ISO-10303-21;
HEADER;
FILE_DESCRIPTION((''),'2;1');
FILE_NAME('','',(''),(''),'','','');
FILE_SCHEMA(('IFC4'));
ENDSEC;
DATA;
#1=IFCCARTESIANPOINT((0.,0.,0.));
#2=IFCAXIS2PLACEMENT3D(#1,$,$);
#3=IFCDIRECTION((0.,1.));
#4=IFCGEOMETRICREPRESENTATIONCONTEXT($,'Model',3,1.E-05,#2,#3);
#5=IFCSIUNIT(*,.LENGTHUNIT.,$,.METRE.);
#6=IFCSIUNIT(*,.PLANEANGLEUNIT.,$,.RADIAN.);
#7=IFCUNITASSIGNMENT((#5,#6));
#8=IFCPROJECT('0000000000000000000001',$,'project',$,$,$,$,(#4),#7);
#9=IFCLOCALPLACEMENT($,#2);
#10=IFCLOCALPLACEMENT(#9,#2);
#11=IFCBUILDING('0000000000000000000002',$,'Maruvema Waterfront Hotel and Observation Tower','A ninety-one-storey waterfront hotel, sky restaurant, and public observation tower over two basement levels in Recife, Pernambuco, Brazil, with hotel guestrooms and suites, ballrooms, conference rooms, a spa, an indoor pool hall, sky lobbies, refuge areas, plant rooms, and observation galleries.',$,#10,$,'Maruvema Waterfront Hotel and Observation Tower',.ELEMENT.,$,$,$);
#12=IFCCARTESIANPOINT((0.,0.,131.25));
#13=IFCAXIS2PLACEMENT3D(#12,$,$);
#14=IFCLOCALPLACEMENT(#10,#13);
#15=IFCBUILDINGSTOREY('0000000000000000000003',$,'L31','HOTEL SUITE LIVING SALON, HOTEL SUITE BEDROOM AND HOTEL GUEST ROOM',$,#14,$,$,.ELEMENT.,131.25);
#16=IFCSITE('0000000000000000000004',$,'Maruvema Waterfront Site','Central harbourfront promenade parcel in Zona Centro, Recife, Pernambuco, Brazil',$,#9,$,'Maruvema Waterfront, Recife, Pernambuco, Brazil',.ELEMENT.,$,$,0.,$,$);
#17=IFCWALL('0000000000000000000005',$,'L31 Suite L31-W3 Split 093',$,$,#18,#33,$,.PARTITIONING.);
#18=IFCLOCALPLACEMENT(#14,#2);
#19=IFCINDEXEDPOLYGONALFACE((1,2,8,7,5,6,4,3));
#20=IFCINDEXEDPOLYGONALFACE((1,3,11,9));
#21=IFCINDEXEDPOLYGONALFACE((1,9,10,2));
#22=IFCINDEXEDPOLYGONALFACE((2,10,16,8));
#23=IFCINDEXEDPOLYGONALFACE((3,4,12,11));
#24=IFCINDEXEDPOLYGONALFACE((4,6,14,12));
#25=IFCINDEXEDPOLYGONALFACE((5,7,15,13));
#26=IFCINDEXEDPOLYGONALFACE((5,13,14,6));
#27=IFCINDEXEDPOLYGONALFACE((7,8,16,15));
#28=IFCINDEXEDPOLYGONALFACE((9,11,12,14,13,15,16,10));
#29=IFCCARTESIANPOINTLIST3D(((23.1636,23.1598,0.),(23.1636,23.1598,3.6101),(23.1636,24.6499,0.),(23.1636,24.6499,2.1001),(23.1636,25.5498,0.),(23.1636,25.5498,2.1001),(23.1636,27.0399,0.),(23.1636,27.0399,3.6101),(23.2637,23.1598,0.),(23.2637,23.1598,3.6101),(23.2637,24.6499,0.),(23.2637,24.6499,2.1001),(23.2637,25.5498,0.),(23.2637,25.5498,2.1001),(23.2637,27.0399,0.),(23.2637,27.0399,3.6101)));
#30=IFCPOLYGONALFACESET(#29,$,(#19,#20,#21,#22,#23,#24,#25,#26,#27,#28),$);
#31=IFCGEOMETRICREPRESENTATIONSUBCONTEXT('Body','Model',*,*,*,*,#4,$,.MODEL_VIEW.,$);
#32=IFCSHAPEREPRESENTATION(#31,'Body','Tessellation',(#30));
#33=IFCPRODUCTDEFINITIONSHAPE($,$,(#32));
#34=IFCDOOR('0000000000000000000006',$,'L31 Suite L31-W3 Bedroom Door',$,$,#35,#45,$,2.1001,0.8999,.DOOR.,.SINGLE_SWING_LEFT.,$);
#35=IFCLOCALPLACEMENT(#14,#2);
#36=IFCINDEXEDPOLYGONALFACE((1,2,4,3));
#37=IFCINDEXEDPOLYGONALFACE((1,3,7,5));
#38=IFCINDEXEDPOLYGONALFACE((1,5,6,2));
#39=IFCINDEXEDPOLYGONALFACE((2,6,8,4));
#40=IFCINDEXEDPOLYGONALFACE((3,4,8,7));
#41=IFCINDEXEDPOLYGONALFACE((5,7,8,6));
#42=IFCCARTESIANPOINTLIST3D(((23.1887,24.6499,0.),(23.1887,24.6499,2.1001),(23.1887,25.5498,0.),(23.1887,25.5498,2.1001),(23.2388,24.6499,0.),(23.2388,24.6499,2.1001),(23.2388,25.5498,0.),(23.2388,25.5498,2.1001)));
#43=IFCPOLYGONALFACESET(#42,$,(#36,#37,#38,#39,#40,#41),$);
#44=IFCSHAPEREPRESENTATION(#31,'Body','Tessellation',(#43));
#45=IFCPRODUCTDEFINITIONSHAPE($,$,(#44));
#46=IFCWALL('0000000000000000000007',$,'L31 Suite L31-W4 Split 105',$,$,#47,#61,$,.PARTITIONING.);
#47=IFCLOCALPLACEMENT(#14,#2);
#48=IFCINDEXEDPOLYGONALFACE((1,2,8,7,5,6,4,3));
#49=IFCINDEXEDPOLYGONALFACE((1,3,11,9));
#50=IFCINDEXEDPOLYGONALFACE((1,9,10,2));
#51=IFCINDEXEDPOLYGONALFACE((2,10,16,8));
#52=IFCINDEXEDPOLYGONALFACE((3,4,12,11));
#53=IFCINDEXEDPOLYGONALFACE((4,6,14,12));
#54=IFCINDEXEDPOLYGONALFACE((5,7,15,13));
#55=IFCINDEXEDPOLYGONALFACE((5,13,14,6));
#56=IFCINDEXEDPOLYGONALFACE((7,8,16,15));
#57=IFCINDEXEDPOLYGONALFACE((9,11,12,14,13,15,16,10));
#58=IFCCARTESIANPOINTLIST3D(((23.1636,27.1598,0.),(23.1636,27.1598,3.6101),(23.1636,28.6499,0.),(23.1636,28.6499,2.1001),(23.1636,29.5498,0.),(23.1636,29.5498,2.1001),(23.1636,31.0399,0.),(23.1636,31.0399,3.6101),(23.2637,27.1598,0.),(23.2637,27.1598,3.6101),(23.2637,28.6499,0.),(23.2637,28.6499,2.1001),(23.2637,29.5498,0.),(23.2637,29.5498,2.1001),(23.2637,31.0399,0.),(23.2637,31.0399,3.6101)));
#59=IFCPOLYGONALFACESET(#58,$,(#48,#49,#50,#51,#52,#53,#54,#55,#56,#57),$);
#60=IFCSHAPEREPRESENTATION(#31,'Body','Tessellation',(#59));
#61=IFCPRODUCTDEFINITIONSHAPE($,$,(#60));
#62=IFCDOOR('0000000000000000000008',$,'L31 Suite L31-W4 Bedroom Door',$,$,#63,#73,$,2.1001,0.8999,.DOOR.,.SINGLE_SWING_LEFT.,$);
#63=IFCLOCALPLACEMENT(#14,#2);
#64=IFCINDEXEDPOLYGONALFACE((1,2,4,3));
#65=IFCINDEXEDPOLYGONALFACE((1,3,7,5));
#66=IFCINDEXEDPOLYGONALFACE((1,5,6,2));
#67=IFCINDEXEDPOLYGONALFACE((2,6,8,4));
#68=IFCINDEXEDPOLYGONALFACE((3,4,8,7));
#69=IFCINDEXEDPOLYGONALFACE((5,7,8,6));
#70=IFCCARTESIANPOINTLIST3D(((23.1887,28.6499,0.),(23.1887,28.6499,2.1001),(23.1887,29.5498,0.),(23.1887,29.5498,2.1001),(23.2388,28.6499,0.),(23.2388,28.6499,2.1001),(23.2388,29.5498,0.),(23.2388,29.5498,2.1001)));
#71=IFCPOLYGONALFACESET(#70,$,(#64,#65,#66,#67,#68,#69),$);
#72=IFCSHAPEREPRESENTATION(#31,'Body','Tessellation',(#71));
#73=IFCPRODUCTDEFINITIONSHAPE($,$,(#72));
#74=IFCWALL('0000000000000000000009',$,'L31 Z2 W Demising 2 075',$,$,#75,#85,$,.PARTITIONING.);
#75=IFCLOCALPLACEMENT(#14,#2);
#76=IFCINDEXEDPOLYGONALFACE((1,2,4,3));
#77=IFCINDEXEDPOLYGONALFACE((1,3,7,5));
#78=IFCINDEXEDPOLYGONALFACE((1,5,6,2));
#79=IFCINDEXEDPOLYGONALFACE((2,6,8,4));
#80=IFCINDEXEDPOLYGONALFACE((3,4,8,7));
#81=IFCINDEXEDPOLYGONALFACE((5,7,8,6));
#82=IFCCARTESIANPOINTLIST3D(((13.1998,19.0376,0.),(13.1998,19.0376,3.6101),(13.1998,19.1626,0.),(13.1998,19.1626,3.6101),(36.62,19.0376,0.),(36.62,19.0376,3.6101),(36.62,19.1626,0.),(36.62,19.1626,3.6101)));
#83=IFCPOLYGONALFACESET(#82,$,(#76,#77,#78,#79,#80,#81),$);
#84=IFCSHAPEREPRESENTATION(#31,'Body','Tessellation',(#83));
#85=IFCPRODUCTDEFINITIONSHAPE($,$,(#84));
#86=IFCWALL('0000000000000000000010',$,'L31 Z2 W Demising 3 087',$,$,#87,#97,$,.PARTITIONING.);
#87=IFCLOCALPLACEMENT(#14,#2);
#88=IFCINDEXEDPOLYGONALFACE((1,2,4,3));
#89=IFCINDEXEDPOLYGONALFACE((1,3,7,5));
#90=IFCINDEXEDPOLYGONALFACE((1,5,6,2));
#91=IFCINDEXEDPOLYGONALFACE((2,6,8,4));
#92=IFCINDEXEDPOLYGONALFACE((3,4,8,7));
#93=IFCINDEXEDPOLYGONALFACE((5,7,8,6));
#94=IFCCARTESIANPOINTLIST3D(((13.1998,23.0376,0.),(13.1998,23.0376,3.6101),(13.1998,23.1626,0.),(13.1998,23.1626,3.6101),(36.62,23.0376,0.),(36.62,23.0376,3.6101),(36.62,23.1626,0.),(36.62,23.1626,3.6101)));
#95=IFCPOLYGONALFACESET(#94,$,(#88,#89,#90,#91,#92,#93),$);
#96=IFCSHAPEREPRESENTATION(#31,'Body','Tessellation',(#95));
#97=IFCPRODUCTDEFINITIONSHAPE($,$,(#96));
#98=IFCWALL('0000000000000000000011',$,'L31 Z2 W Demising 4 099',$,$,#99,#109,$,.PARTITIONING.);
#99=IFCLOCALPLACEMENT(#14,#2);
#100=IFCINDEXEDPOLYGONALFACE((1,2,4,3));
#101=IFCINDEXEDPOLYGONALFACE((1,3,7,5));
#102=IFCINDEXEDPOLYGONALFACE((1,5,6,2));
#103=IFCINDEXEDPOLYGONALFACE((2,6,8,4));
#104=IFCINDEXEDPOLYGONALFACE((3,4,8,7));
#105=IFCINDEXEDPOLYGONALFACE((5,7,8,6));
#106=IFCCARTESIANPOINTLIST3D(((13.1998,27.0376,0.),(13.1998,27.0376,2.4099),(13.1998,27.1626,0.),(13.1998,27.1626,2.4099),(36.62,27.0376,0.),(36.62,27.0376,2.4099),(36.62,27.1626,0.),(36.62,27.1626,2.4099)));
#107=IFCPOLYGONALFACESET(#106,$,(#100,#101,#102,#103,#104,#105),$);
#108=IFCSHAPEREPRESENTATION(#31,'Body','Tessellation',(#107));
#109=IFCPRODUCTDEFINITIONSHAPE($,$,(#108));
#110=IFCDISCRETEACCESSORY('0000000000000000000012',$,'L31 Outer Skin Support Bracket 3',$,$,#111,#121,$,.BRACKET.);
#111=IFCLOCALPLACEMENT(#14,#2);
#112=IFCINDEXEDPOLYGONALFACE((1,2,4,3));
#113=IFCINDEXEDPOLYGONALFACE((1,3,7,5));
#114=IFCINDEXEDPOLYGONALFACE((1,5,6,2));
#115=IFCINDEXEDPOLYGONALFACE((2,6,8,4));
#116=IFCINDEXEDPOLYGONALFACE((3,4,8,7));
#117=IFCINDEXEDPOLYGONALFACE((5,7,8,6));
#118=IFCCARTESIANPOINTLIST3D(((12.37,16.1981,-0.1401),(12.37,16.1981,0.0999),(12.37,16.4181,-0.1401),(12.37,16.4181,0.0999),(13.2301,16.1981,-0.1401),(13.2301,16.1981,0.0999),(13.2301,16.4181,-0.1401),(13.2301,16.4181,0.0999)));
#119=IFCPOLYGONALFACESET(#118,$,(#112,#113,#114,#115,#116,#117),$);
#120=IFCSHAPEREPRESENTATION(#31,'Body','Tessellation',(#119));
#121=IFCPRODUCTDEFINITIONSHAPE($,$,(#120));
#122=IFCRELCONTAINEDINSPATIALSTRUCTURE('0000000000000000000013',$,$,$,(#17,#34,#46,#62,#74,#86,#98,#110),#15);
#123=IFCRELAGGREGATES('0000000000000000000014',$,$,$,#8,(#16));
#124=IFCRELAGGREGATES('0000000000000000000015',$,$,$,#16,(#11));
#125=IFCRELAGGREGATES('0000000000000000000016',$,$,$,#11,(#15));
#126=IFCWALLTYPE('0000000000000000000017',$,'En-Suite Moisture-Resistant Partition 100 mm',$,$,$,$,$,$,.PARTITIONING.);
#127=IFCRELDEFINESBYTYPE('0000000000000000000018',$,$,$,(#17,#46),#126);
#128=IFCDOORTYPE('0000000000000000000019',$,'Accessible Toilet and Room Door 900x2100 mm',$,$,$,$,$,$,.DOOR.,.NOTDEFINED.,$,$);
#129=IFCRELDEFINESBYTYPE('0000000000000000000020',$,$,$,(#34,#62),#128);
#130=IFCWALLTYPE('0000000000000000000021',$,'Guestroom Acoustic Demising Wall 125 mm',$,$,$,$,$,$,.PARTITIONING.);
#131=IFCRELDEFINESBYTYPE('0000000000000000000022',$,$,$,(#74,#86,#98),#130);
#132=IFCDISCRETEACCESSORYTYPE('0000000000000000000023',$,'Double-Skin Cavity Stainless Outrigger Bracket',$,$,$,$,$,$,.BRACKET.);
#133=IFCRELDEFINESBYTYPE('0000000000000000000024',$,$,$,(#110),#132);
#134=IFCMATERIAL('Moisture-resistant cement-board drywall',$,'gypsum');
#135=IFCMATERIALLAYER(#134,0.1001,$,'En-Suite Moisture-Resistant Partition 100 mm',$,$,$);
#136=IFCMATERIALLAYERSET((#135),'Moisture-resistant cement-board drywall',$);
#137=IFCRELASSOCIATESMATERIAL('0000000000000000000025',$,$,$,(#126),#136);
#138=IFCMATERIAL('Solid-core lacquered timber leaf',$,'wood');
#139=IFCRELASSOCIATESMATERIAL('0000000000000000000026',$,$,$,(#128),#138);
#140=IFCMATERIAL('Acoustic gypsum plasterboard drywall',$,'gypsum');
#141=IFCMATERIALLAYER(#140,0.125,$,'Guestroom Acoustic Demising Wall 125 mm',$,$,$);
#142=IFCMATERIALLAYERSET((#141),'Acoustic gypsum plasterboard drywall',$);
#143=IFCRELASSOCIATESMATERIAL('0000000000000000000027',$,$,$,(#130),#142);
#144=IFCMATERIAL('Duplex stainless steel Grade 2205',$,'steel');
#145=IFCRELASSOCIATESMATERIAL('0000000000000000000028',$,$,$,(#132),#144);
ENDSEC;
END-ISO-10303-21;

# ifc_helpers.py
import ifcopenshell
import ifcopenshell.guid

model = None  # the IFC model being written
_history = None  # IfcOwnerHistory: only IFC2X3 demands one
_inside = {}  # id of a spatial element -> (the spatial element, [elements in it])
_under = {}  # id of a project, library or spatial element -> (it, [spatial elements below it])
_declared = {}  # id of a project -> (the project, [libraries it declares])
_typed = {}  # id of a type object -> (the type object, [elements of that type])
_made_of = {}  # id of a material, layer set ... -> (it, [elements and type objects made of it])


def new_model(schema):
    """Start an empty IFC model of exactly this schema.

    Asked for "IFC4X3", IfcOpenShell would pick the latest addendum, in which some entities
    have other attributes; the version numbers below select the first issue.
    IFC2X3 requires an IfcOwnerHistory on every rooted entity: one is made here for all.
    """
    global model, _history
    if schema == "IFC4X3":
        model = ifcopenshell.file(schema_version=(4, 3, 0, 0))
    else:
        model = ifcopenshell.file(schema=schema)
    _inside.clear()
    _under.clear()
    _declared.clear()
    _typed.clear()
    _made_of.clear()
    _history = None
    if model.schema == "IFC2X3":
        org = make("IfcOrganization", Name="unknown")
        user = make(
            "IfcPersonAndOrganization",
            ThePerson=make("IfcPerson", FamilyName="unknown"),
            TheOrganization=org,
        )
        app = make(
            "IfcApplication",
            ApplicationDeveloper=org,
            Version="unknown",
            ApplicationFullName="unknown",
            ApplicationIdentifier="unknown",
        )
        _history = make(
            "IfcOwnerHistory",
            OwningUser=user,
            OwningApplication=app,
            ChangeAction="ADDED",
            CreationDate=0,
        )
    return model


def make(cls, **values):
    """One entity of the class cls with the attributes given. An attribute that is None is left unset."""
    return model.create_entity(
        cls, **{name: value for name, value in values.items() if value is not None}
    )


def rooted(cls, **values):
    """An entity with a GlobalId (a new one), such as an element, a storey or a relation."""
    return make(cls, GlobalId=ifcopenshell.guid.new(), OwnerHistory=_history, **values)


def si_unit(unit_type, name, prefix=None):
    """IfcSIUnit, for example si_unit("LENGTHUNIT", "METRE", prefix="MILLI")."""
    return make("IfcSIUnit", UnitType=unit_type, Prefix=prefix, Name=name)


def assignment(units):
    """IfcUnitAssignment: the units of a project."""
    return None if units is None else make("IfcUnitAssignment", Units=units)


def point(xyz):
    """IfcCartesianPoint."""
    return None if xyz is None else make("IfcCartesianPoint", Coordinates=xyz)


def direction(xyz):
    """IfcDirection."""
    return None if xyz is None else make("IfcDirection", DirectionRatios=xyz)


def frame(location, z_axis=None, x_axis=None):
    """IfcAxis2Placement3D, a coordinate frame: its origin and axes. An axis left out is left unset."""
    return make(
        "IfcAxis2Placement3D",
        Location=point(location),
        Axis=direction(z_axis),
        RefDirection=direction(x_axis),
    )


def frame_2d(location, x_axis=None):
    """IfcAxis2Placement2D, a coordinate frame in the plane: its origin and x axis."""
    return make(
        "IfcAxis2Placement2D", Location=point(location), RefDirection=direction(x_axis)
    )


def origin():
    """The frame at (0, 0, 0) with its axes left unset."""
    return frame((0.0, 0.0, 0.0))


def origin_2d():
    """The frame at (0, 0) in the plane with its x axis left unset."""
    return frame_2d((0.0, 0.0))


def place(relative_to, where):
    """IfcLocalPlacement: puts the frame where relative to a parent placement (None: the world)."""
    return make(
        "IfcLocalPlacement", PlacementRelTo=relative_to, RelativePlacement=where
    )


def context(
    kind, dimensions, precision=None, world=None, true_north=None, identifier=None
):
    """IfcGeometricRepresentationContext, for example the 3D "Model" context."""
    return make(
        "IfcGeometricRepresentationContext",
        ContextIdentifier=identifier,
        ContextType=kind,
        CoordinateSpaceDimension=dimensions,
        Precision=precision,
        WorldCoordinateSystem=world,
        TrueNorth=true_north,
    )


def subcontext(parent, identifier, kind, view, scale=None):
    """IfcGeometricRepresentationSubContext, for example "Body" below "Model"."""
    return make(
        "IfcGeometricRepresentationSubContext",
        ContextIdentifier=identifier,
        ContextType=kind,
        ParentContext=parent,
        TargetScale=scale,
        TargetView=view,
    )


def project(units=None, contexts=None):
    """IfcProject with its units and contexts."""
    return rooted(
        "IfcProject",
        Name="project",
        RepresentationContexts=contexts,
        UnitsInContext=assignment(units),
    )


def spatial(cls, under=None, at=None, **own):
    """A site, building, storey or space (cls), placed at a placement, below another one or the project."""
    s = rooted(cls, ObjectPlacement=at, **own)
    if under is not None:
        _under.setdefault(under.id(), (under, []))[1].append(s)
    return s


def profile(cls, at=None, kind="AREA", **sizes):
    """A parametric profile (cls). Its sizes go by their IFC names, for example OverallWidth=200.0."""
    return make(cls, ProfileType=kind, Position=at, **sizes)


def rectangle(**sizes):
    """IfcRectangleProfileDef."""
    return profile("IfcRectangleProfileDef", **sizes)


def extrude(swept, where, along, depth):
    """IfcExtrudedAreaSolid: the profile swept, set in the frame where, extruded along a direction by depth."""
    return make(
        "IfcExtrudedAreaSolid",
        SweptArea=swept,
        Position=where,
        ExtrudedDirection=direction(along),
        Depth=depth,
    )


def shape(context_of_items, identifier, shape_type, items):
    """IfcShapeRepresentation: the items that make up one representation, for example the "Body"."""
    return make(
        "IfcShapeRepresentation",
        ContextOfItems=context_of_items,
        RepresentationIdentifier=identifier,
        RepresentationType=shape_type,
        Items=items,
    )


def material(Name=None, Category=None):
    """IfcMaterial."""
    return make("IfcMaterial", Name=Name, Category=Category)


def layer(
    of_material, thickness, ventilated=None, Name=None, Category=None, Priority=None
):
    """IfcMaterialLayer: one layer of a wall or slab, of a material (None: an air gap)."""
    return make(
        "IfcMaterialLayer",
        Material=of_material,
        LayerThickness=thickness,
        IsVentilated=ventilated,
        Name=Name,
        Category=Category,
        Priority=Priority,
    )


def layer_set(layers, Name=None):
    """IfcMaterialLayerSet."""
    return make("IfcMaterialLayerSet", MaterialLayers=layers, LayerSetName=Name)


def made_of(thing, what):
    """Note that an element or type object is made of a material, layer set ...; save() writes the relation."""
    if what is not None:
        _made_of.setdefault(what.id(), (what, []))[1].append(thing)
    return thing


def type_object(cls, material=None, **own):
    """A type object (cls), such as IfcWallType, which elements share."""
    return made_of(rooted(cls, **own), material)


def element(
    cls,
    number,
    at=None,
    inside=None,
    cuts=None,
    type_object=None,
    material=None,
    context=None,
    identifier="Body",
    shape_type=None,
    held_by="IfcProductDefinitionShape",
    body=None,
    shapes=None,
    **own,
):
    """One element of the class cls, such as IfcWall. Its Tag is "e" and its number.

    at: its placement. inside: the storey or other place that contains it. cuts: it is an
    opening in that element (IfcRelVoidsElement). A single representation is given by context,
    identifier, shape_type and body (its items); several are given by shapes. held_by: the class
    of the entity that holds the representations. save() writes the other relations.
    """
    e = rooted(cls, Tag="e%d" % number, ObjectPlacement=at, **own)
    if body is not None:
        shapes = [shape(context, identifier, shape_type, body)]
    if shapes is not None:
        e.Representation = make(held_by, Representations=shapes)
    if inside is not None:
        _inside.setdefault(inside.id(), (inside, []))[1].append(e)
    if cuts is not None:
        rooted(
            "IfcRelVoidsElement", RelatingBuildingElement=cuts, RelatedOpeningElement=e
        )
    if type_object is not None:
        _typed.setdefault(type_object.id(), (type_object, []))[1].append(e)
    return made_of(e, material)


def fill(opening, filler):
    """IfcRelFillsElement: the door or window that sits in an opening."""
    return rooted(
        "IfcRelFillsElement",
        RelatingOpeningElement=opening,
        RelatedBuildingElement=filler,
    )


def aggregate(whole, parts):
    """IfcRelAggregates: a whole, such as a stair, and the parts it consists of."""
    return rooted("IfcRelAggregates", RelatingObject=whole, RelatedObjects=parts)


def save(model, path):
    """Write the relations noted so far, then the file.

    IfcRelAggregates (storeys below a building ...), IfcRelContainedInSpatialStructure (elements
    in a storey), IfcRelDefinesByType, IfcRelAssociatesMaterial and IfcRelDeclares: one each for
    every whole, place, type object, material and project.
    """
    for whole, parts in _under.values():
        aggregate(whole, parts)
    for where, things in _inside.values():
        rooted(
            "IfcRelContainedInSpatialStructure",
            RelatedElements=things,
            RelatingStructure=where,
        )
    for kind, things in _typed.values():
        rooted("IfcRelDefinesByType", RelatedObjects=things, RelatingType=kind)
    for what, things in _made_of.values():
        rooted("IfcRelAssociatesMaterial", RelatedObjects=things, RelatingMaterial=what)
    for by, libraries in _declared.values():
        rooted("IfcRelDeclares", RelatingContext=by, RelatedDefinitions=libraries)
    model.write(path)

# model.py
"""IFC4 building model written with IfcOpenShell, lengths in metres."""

from ifc_helpers import new_model, si_unit, direction, frame, frame_2d, origin, origin_2d, place, context, subcontext, project, spatial, rectangle, extrude, material, layer, layer_set, type_object, element, fill, save


model = new_model("IFC4")

# Units and contexts
model_context = context("Model", 3, precision=1e-05, world=origin(), true_north=direction((0.0, 1.0)))
body_context = subcontext(model_context, "Body", "Model", "MODEL_VIEW")
ifc_project = project(units=[si_unit("LENGTHUNIT", "METRE"), si_unit("PLANEANGLEUNIT", "RADIAN")], contexts=[model_context])

# Site, building, storey
site_placement = place(None, origin())
site = spatial("IfcSite", under=ifc_project, at=site_placement, Name="Maruvema Waterfront Site", Description="Central harbourfront promenade parcel in Zona Centro, Recife, Pernambuco, Brazil", LongName="Maruvema Waterfront, Recife, Pernambuco, Brazil", CompositionType="ELEMENT", RefElevation=0.0)
building_placement = place(site_placement, origin())
building = spatial("IfcBuilding", under=site, at=building_placement, Name="Maruvema Waterfront Hotel and Observation Tower", Description="A ninety-one-storey waterfront hotel, sky restaurant, and public observation tower over two basement levels in Recife, Pernambuco, Brazil, with hotel guestrooms and suites, ballrooms, conference rooms, a spa, an indoor pool hall, sky lobbies, refuge areas, plant rooms, and observation galleries.", LongName="Maruvema Waterfront Hotel and Observation Tower", CompositionType="ELEMENT")
storey_placement = place(building_placement, frame((0.0, 0.0, 131.25)))
storey = spatial("IfcBuildingStorey", under=building, at=storey_placement, Name="L31", Description="HOTEL SUITE LIVING SALON, HOTEL SUITE BEDROOM AND HOTEL GUEST ROOM", CompositionType="ELEMENT", Elevation=131.25)

# Walls, openings, doors
ifc_material_1 = material(Name="Moisture-resistant cement-board drywall", Category="gypsum")
ifc_layer_1 = layer(ifc_material_1, 0.1001, Name="En-Suite Moisture-Resistant Partition 100 mm")
ifc_layer_set_1 = layer_set([ifc_layer_1], Name="Moisture-resistant cement-board drywall")
wall_type_1 = type_object("IfcWallType", Name="En-Suite Moisture-Resistant Partition 100 mm", PredefinedType="PARTITIONING", material=ifc_layer_set_1)
ifc_material_2 = material(Name="Solid-core lacquered timber leaf", Category="wood")
door_type = type_object("IfcDoorType", Name="Accessible Toilet and Room Door 900x2100 mm", OperationType="NOTDEFINED", PredefinedType="DOOR", material=ifc_material_2)
wall_1_placement = place(storey_placement, frame((23.2136, 23.1599, 0.0), z_axis=(0.0, 0.0, 1.0), x_axis=(0.0, 1.0, 0.0)))
wall_1 = element("IfcWall", 1, at=wall_1_placement, inside=storey, type_object=wall_type_1, Name="L31 Suite L31-W3 Split 093", PredefinedType="PARTITIONING", context=body_context, shape_type="SweptSolid", body=[
    extrude(rectangle(XDim=3.8801, YDim=0.1001, at=frame_2d((1.9399, 0.0))), origin(), (0.0, 0.0, 1.0), 3.6101),
])
opening_1_placement = place(wall_1_placement, frame((1.49, 0.0, 0.0)))
opening_1 = element("IfcOpeningElement", 2, at=opening_1_placement, cuts=wall_1, PredefinedType="OPENING", context=body_context, shape_type="SweptSolid", body=[
    extrude(rectangle(XDim=0.8999, YDim=2.1001, at=frame_2d((0.45, 1.05))), frame((0.0, 0.0601, 0.0), z_axis=(0.0, -1.0, 0.0), x_axis=(1.0, 0.0, 0.0)), (0.0, 0.0, 1.0), 0.1201),
])
door_1_placement = place(opening_1_placement, origin())
door_1 = element("IfcDoor", 3, at=door_1_placement, inside=storey, type_object=door_type, Name="L31 Suite L31-W3 Bedroom Door", OperationType="SINGLE_SWING_LEFT", OverallHeight=2.1001, OverallWidth=0.8999, PredefinedType="DOOR", context=body_context, shape_type="SweptSolid", body=[
    extrude(rectangle(XDim=0.8999, YDim=2.1001, at=frame_2d((0.45, 1.05))), frame((0.0, 0.0249, 0.0), z_axis=(0.0, -1.0, 0.0), x_axis=(1.0, 0.0, 0.0)), (0.0, 0.0, 1.0), 0.05),
])
fill(opening_1, door_1)
wall_2_placement = place(storey_placement, frame((23.2136, 27.1599, 0.0), z_axis=(0.0, 0.0, 1.0), x_axis=(0.0, 1.0, 0.0)))
wall_2 = element("IfcWall", 4, at=wall_2_placement, inside=storey, type_object=wall_type_1, Name="L31 Suite L31-W4 Split 105", PredefinedType="PARTITIONING", context=body_context, shape_type="SweptSolid", body=[
    extrude(rectangle(XDim=3.8801, YDim=0.1001, at=frame_2d((1.9399, 0.0))), origin(), (0.0, 0.0, 1.0), 3.6101),
])
opening_2_placement = place(wall_2_placement, frame((1.49, 0.0, 0.0)))
opening_2 = element("IfcOpeningElement", 5, at=opening_2_placement, cuts=wall_2, PredefinedType="OPENING", context=body_context, shape_type="SweptSolid", body=[
    extrude(rectangle(XDim=0.8999, YDim=2.1001, at=frame_2d((0.45, 1.05))), frame((0.0, 0.0601, 0.0), z_axis=(0.0, -1.0, 0.0), x_axis=(1.0, 0.0, 0.0)), (0.0, 0.0, 1.0), 0.1201),
])
door_2_placement = place(opening_2_placement, origin())
door_2 = element("IfcDoor", 6, at=door_2_placement, inside=storey, type_object=door_type, Name="L31 Suite L31-W4 Bedroom Door", OperationType="SINGLE_SWING_LEFT", OverallHeight=2.1001, OverallWidth=0.8999, PredefinedType="DOOR", context=body_context, shape_type="SweptSolid", body=[
    extrude(rectangle(XDim=0.8999, YDim=2.1001, at=frame_2d((0.45, 1.05))), frame((0.0, 0.0249, 0.0), z_axis=(0.0, -1.0, 0.0), x_axis=(1.0, 0.0, 0.0)), (0.0, 0.0, 1.0), 0.05),
])
fill(opening_2, door_2)

# Walls
ifc_material_3 = material(Name="Acoustic gypsum plasterboard drywall", Category="gypsum")
ifc_layer_2 = layer(ifc_material_3, 0.125, Name="Guestroom Acoustic Demising Wall 125 mm")
ifc_layer_set_2 = layer_set([ifc_layer_2], Name="Acoustic gypsum plasterboard drywall")
wall_type_2 = type_object("IfcWallType", Name="Guestroom Acoustic Demising Wall 125 mm", PredefinedType="PARTITIONING", material=ifc_layer_set_2)
for number, where, z_axis, x_axis, name in (
    (7, (13.2, 19.1001, 0.0), (0.0, 0.0, 1.0), (1.0, 0.0, 0.0), "L31 Z2 W Demising 2 075"),
    (8, (13.2, 23.1001, 0.0), (0.0, 0.0, 1.0), (1.0, 0.0, 0.0), "L31 Z2 W Demising 3 087"),
):
    element("IfcWall", number, at=place(storey_placement, frame(where, z_axis=z_axis, x_axis=x_axis)), inside=storey, type_object=wall_type_2, Name=name, PredefinedType="PARTITIONING", context=body_context, shape_type="SweptSolid", body=[
        extrude(rectangle(XDim=23.4202, YDim=0.125, at=frame_2d((11.71, 0.0))), origin(), (0.0, 0.0, 1.0), 3.6101),
    ])
wall_3_placement = place(storey_placement, frame((13.2, 27.1001, 0.0), z_axis=(0.0, 0.0, 1.0), x_axis=(1.0, 0.0, 0.0)))
element("IfcWall", 9, at=wall_3_placement, inside=storey, type_object=wall_type_2, Name="L31 Z2 W Demising 4 099", PredefinedType="PARTITIONING", context=body_context, shape_type="SweptSolid", body=[
    extrude(rectangle(XDim=23.4202, YDim=0.125, at=frame_2d((11.71, 0.0))), origin(), (0.0, 0.0, 1.0), 2.4099),
])

# Discrete accessory
ifc_material_4 = material(Name="Duplex stainless steel Grade 2205", Category="steel")
discrete_accessory_type = type_object("IfcDiscreteAccessoryType", Name="Double-Skin Cavity Stainless Outrigger Bracket", PredefinedType="BRACKET", material=ifc_material_4)
discrete_accessory_placement = place(storey_placement, frame((12.8, 16.3081, -0.1401), z_axis=(0.0, 0.0, 1.0), x_axis=(0.0, -1.0, 0.0)))
element("IfcDiscreteAccessory", 10, at=discrete_accessory_placement, inside=storey, type_object=discrete_accessory_type, Name="L31 Outer Skin Support Bracket 3", PredefinedType="BRACKET", context=body_context, shape_type="SweptSolid", body=[
    extrude(rectangle(XDim=0.22, YDim=0.8601, at=origin_2d()), origin(), (0.0, 0.0, 1.0), 0.24),
])

save(model, "model.ifc")
